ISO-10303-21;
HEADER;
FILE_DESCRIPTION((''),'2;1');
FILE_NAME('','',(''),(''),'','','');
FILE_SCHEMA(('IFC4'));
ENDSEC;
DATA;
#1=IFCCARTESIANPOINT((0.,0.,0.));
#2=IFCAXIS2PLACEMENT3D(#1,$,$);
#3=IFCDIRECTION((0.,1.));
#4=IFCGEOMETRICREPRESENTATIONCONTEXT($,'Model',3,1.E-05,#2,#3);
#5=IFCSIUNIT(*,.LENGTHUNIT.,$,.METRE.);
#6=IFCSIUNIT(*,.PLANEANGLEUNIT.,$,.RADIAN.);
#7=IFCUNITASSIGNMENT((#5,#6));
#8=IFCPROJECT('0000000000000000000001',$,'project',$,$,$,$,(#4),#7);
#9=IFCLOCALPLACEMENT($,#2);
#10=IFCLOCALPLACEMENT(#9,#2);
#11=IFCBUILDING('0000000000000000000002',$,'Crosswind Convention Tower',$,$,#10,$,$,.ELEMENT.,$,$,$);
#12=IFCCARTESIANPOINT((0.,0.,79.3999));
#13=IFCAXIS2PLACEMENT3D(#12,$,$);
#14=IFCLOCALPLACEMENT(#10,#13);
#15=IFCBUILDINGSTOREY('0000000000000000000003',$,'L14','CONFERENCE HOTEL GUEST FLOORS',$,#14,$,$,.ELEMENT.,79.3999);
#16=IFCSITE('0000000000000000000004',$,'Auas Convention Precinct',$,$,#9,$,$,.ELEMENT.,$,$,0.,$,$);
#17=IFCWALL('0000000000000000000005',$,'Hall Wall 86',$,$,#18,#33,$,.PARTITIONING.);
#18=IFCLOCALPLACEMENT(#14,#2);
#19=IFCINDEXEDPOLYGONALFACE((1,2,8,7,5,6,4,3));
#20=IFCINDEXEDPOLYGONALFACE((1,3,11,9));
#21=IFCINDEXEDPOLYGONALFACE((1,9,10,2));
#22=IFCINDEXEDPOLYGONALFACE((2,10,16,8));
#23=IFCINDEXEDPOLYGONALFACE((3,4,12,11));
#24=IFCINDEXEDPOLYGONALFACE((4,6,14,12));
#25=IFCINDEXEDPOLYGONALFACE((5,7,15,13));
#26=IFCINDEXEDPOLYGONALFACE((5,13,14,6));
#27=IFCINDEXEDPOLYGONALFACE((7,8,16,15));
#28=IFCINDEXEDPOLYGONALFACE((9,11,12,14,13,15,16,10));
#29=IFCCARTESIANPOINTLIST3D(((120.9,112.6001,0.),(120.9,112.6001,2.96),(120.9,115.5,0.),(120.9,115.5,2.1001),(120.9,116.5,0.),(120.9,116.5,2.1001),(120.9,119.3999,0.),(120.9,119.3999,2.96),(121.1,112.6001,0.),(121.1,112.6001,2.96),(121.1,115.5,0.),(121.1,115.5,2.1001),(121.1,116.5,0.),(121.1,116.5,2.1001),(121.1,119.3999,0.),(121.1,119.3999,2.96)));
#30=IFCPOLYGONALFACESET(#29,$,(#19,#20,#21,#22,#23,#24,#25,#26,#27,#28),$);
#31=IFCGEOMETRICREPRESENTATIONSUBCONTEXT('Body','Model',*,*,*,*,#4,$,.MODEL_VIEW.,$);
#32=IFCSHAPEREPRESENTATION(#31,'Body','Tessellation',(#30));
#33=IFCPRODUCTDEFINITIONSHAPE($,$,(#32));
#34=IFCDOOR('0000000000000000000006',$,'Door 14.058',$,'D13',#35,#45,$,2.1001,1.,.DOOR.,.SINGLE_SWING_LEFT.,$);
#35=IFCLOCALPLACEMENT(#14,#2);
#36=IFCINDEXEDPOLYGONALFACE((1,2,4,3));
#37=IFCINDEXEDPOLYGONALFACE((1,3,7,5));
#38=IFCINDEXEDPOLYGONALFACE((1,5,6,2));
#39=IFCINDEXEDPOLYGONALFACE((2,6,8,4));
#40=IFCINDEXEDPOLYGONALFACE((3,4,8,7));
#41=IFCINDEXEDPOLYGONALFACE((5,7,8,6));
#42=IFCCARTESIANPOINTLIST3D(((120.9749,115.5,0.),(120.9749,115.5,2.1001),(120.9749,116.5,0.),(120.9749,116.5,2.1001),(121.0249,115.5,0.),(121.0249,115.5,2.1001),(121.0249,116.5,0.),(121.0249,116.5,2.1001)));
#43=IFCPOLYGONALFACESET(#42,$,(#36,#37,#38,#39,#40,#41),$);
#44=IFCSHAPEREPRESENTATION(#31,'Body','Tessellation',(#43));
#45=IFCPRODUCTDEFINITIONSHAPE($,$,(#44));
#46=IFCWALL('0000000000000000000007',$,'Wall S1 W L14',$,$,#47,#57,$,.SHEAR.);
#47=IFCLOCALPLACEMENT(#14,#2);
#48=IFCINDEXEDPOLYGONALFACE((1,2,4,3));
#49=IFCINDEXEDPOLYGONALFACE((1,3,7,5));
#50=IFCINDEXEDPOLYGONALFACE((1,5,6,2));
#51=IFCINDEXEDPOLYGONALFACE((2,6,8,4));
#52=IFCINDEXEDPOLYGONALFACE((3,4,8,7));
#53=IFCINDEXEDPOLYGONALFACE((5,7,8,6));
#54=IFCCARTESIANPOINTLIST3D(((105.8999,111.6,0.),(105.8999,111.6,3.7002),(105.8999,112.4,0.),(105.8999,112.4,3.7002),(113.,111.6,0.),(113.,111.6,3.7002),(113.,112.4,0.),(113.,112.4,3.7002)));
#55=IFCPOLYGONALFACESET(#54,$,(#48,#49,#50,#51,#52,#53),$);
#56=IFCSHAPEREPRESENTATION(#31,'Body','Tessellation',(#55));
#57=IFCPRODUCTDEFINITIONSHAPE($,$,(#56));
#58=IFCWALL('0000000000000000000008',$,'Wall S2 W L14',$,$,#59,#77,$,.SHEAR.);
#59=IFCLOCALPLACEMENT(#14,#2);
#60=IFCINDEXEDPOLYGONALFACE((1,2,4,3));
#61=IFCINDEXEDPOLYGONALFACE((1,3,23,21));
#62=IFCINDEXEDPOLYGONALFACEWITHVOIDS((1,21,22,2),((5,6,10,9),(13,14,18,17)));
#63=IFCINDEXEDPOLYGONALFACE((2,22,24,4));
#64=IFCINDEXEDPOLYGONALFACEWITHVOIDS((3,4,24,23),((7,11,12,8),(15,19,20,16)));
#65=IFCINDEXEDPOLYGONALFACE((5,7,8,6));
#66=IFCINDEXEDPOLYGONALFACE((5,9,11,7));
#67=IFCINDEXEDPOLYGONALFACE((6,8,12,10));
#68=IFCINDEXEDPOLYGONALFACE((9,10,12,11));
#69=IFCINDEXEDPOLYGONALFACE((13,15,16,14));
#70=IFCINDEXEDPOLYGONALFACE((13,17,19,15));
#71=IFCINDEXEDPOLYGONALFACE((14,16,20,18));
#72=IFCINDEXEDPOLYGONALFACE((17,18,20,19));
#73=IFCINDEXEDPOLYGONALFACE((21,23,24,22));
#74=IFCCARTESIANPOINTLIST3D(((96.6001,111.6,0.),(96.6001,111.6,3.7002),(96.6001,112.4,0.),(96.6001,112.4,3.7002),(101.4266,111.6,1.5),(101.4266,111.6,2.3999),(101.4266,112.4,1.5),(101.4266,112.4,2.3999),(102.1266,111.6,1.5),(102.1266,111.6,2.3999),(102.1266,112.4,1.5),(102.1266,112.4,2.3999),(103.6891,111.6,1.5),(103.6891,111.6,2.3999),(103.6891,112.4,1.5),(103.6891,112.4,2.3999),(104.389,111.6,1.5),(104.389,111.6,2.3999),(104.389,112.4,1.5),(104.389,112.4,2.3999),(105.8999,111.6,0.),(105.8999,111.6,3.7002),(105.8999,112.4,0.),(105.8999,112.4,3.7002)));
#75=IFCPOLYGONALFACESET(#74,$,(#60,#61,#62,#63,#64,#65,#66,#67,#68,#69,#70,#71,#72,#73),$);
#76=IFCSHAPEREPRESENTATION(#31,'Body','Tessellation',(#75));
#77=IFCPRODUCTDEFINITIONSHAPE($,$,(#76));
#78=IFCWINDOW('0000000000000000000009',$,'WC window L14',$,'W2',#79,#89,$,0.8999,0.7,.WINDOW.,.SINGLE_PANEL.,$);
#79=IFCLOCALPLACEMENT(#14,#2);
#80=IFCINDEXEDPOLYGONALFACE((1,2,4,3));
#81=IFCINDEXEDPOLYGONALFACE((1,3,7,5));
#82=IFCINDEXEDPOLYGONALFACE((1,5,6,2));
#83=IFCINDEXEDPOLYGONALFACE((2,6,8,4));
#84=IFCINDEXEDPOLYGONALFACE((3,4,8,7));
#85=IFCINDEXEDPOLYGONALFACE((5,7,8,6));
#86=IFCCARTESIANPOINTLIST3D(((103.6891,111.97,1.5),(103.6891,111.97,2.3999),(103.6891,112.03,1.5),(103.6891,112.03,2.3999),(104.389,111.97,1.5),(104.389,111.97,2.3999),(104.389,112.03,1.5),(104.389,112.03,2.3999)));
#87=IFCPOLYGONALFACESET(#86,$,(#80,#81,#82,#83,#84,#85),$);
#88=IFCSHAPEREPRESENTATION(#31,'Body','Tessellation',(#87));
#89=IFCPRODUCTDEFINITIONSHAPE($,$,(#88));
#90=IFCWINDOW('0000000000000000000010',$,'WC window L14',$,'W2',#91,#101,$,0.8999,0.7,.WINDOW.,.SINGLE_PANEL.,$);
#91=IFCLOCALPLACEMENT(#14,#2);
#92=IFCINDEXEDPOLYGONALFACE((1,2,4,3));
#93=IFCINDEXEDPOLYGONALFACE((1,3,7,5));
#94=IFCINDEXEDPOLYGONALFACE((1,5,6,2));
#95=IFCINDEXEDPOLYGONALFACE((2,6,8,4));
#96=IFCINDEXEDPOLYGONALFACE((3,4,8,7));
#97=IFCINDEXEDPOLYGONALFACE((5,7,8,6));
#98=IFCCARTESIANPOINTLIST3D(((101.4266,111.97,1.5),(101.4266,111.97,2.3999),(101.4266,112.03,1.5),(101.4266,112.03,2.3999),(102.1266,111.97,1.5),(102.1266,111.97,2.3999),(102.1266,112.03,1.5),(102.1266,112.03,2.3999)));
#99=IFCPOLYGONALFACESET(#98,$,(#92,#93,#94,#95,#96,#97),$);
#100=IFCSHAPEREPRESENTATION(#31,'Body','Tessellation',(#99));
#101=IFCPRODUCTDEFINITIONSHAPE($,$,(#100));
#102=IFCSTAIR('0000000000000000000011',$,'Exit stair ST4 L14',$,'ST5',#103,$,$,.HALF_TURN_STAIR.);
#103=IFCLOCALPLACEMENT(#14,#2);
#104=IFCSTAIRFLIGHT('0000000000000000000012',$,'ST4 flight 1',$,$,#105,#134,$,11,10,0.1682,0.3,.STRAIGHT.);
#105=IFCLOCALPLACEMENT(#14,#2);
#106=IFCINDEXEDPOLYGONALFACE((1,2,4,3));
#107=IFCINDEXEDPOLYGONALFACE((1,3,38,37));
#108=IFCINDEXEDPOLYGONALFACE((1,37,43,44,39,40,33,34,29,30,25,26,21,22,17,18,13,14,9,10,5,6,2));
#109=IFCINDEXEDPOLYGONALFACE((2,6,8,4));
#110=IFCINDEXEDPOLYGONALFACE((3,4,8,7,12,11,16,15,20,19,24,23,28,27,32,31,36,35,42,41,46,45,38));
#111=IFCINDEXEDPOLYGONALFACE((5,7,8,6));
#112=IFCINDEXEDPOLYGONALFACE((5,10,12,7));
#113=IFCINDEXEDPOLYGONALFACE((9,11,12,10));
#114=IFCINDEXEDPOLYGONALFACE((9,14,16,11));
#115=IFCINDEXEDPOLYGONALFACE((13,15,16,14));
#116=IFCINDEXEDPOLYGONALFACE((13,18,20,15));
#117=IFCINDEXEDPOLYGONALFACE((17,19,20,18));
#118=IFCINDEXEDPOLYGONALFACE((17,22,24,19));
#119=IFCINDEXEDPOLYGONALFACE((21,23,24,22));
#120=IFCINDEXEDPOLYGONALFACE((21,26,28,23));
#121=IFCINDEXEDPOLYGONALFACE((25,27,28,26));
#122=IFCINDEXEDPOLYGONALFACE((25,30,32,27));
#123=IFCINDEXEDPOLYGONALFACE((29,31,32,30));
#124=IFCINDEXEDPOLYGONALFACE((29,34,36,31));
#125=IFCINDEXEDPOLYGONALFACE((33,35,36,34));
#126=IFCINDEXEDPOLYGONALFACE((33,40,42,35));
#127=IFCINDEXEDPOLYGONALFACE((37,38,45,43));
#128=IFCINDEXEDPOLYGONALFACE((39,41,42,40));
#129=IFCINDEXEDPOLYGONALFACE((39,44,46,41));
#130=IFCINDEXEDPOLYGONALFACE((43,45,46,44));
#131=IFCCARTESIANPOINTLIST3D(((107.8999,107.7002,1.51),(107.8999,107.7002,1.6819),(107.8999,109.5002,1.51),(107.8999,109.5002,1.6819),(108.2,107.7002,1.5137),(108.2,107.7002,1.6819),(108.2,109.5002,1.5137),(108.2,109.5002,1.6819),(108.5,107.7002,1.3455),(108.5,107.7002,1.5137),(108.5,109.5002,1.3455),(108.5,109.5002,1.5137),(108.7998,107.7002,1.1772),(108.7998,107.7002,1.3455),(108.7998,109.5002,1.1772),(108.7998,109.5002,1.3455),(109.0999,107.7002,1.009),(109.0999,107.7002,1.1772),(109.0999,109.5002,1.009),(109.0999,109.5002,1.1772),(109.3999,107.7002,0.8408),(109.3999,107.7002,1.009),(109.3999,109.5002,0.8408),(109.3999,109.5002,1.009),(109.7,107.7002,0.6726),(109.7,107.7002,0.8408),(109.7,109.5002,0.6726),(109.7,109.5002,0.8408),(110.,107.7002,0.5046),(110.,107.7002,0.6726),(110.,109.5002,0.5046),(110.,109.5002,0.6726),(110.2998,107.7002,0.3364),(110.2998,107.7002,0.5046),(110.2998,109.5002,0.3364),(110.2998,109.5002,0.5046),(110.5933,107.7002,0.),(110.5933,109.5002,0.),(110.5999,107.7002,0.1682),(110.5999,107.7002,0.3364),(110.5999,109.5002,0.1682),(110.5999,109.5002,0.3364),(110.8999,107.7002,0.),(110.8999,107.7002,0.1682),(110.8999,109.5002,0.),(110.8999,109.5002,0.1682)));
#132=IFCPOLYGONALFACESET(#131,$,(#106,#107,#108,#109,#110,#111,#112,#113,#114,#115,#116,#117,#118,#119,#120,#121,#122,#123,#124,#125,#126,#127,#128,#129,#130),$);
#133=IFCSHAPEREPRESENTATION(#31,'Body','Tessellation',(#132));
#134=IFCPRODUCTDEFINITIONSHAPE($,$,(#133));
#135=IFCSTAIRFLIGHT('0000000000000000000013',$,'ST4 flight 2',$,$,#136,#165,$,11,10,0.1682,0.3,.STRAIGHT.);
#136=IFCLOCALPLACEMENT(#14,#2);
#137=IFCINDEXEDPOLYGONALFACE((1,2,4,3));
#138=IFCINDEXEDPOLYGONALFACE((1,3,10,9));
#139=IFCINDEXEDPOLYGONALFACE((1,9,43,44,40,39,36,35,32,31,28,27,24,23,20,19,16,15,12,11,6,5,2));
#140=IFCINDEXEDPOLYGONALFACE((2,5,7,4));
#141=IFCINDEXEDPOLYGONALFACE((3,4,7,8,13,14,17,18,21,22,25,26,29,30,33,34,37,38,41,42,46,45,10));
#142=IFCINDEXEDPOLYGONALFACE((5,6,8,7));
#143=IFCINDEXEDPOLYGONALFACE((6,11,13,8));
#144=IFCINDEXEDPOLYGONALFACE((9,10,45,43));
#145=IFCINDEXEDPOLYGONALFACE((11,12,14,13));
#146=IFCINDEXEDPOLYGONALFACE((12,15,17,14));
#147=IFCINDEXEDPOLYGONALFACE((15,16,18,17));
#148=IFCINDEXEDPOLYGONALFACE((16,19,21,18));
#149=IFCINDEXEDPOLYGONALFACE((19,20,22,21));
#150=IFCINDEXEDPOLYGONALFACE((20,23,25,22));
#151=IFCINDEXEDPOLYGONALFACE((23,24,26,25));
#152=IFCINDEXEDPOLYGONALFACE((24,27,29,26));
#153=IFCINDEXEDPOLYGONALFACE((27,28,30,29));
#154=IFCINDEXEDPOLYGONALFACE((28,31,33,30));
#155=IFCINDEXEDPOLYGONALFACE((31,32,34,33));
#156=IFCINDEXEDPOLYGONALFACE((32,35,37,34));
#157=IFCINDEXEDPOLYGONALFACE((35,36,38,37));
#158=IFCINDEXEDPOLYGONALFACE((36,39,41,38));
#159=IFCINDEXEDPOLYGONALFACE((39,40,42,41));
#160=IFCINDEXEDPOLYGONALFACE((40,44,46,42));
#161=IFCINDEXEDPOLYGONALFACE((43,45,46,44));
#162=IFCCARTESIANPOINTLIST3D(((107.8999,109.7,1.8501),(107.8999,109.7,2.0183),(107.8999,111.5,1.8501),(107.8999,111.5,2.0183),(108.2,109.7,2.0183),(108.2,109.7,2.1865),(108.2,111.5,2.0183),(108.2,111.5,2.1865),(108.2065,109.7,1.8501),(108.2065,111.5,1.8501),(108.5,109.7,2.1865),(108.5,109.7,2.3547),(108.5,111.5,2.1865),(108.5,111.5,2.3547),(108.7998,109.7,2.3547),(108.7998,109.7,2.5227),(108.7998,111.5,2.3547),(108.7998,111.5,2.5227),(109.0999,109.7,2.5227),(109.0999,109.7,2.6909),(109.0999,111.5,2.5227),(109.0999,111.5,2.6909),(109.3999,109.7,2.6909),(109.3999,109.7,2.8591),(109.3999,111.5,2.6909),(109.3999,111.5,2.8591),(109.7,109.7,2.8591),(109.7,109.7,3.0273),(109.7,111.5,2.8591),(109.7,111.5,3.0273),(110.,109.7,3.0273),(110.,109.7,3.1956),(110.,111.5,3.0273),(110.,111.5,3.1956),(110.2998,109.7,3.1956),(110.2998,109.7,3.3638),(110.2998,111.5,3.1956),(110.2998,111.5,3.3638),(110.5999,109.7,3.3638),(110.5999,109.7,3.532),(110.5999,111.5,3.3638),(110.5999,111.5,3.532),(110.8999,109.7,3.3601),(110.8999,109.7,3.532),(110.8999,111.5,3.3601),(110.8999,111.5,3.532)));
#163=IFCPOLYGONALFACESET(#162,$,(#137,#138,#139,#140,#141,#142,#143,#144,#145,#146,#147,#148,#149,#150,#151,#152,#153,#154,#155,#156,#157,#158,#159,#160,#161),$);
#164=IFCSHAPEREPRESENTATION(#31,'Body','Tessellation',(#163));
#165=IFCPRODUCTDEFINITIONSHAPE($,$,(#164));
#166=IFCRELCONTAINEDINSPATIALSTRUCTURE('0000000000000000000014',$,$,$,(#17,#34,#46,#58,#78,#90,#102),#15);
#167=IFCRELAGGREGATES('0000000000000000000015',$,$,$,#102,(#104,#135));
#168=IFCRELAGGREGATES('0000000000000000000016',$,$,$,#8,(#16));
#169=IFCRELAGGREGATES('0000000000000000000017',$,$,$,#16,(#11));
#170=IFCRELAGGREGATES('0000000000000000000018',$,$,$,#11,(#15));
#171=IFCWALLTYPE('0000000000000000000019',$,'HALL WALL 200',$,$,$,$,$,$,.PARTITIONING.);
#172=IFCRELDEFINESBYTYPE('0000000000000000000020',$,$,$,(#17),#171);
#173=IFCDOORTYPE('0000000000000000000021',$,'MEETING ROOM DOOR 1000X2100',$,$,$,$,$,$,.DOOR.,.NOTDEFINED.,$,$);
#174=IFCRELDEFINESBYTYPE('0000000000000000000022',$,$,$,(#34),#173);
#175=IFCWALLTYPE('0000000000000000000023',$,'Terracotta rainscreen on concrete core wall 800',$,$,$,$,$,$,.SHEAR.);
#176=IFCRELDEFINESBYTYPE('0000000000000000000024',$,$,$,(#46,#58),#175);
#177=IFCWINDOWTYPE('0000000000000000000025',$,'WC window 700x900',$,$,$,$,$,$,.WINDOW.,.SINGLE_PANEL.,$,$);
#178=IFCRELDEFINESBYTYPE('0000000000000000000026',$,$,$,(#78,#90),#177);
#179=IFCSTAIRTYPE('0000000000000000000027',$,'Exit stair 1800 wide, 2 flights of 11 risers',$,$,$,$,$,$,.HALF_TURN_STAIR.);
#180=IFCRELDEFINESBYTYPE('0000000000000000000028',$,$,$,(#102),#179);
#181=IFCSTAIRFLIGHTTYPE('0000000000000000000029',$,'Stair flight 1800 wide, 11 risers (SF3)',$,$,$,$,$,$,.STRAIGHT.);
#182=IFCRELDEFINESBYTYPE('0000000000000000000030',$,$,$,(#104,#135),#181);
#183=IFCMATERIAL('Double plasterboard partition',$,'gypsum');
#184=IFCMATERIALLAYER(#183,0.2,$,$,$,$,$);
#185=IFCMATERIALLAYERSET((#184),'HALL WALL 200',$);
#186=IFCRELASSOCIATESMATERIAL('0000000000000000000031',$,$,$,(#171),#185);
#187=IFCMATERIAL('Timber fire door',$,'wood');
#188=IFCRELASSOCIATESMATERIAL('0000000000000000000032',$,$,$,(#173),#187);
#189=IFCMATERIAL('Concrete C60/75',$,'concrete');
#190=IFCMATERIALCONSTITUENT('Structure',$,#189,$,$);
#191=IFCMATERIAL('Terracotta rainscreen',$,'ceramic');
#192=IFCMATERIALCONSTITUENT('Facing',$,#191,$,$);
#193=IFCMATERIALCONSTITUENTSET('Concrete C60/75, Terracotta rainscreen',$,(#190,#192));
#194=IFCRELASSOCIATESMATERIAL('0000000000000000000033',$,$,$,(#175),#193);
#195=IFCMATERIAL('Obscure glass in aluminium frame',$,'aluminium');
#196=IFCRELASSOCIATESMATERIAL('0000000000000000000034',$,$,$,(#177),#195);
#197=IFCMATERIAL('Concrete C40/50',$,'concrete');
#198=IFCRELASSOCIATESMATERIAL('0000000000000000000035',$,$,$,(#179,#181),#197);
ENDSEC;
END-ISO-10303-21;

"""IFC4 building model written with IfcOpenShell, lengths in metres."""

from ifc_helpers import new_model, si_unit, direction, frame, frame_2d, origin, place, context, subcontext, project, spatial, polyline, rectangle, outline, extrude, material, layer, layer_set, constituent, constituent_set, type_object, element, fill, aggregate, save


model = new_model("IFC4")

# Units and contexts
model_context = context("Model", 3, precision=1e-05, world=origin(), true_north=direction((0.0, 1.0)))
body_context = subcontext(model_context, "Body", "Model", "MODEL_VIEW")
ifc_project = project(units=[si_unit("LENGTHUNIT", "METRE"), si_unit("PLANEANGLEUNIT", "RADIAN")], contexts=[model_context])

# Site, building, storey
site_placement = place(None, origin())
site = spatial("IfcSite", under=ifc_project, at=site_placement, Name="Auas Convention Precinct", CompositionType="ELEMENT", RefElevation=0.0)
building_placement = place(site_placement, origin())
building = spatial("IfcBuilding", under=site, at=building_placement, Name="Crosswind Convention Tower", CompositionType="ELEMENT")
storey_placement = place(building_placement, frame((0.0, 0.0, 79.3999)))
storey = spatial("IfcBuildingStorey", under=building, at=storey_placement, Name="L14", Description="CONFERENCE HOTEL GUEST FLOORS", CompositionType="ELEMENT", Elevation=79.3999)

# Wall, opening, door
ifc_material_1 = material(Name="Timber fire door", Category="wood")
ifc_material_2 = material(Name="Double plasterboard partition", Category="gypsum")
ifc_layer_1 = layer(ifc_material_2, 0.2)
ifc_layer_set_1 = layer_set([ifc_layer_1], Name="HALL WALL 200")
wall_type_1 = type_object("IfcWallType", Name="HALL WALL 200", PredefinedType="PARTITIONING", material=ifc_layer_set_1)
wall_1_placement = place(storey_placement, frame((121.0, 112.6001, 0.0), z_axis=(0.0, 0.0, 1.0), x_axis=(0.0, 1.0, 0.0)))
wall_1 = element("IfcWall", 1, at=wall_1_placement, inside=storey, type_object=wall_type_1, Name="Hall Wall 86", PredefinedType="PARTITIONING", context=body_context, shape_type="SweptSolid", body=[
    extrude(rectangle(XDim=6.7998, YDim=0.2, at=frame_2d((3.3999, 0.0))), origin(), (0.0, 0.0, 1.0), 2.96),
])
opening_1_placement = place(wall_1_placement, frame((2.8999, 0.0, 0.0)))
opening_1 = element("IfcOpeningElement", 2, at=opening_1_placement, cuts=wall_1, PredefinedType="OPENING", context=body_context, shape_type="SweptSolid", body=[
    extrude(rectangle(XDim=1.0, YDim=2.1001, at=frame_2d((0.5, 1.05))), frame((0.0, 0.1099, 0.0), z_axis=(0.0, -1.0, 0.0), x_axis=(1.0, 0.0, 0.0)), (0.0, 0.0, 1.0), 0.22),
])
door_type_1 = type_object("IfcDoorType", Name="MEETING ROOM DOOR 1000X2100", OperationType="NOTDEFINED", PredefinedType="DOOR", material=ifc_material_1)
door_1_placement = place(opening_1_placement, frame((1.0, 0.0, 0.0), z_axis=(0.0, 0.0, 1.0), x_axis=(-1.0, 0.0, 0.0)))
door_1 = element("IfcDoor", 3, at=door_1_placement, inside=storey, type_object=door_type_1, Name="Door 14.058", ObjectType="D13", OperationType="SINGLE_SWING_LEFT", OverallHeight=2.1001, OverallWidth=1.0, PredefinedType="DOOR", context=body_context, shape_type="SweptSolid", body=[
    extrude(rectangle(XDim=1.0, YDim=2.1001, at=frame_2d((0.5, 1.05))), frame((0.0, 0.0249, 0.0), z_axis=(0.0, -1.0, 0.0), x_axis=(1.0, 0.0, 0.0)), (0.0, 0.0, 1.0), 0.05),
])
fill(opening_1, door_1)

# Wall
ifc_material_3 = material(Name="Concrete C60/75", Category="concrete")
ifc_constituent_1 = constituent(ifc_material_3, Name="Structure")
ifc_material_4 = material(Name="Terracotta rainscreen", Category="ceramic")
ifc_constituent_2 = constituent(ifc_material_4, Name="Facing")
ifc_constituent_set = constituent_set(constituents=[ifc_constituent_1, ifc_constituent_2], Name="Concrete C60/75, Terracotta rainscreen")
wall_type_2 = type_object("IfcWallType", Name="Terracotta rainscreen on concrete core wall 800", PredefinedType="SHEAR", material=ifc_constituent_set)
wall_2_placement = place(storey_placement, frame((113.0, 112.0, 0.0), z_axis=(0.0, 0.0, 1.0), x_axis=(-1.0, 0.0, 0.0)))
element("IfcWall", 4, at=wall_2_placement, inside=storey, type_object=wall_type_2, Name="Wall S1 W L14", PredefinedType="SHEAR", context=body_context, shape_type="SweptSolid", body=[
    extrude(rectangle(XDim=7.1001, YDim=0.8, at=frame_2d((3.55, 0.0))), origin(), (0.0, 0.0, 1.0), 3.7002),
])

# Wall, openings, windows
wall_3_placement = place(storey_placement, frame((105.8999, 112.0, 0.0), z_axis=(0.0, 0.0, 1.0), x_axis=(-1.0, 0.0, 0.0)))
wall_3 = element("IfcWall", 5, at=wall_3_placement, inside=storey, type_object=wall_type_2, Name="Wall S2 W L14", PredefinedType="SHEAR", context=body_context, shape_type="SweptSolid", body=[
    extrude(rectangle(XDim=9.2998, YDim=0.8, at=frame_2d((4.6499, 0.0))), origin(), (0.0, 0.0, 1.0), 3.7002),
])
opening_2_placement = place(wall_3_placement, frame((1.5107, 0.0, 1.5)))
opening_2 = element("IfcOpeningElement", 6, at=opening_2_placement, cuts=wall_3, PredefinedType="OPENING", context=body_context, shape_type="SweptSolid", body=[
    extrude(rectangle(XDim=0.7, YDim=0.8999, at=frame_2d((0.3501, 0.45))), frame((0.0, 0.4099, 0.0), z_axis=(0.0, -1.0, 0.0), x_axis=(1.0, 0.0, 0.0)), (0.0, 0.0, 1.0), 0.8201),
])
opening_3_placement = place(wall_3_placement, frame((3.7732, 0.0, 1.5)))
opening_3 = element("IfcOpeningElement", 7, at=opening_3_placement, cuts=wall_3, PredefinedType="OPENING", context=body_context, shape_type="SweptSolid", body=[
    extrude(rectangle(XDim=0.7, YDim=0.8999, at=frame_2d((0.3501, 0.45))), frame((0.0, 0.4099, 0.0), z_axis=(0.0, -1.0, 0.0), x_axis=(1.0, 0.0, 0.0)), (0.0, 0.0, 1.0), 0.8201),
])
ifc_material_5 = material(Name="Obscure glass in aluminium frame", Category="aluminium")
window_type = type_object("IfcWindowType", Name="WC window 700x900", PartitioningType="SINGLE_PANEL", PredefinedType="WINDOW", material=ifc_material_5)
window_1_placement = place(opening_2_placement, origin())
window_1 = element("IfcWindow", 8, at=window_1_placement, inside=storey, type_object=window_type, Name="WC window L14", ObjectType="W2", OverallHeight=0.8999, OverallWidth=0.7, PartitioningType="SINGLE_PANEL", PredefinedType="WINDOW", context=body_context, shape_type="SweptSolid", body=[
    extrude(rectangle(XDim=0.7, YDim=0.8999, at=frame_2d((0.3501, 0.45))), frame((0.0, 0.03, 0.0), z_axis=(0.0, -1.0, 0.0), x_axis=(1.0, 0.0, 0.0)), (0.0, 0.0, 1.0), 0.0601),
])
fill(opening_2, window_1)
window_2_placement = place(opening_3_placement, origin())
window_2 = element("IfcWindow", 9, at=window_2_placement, inside=storey, type_object=window_type, Name="WC window L14", ObjectType="W2", OverallHeight=0.8999, OverallWidth=0.7, PartitioningType="SINGLE_PANEL", PredefinedType="WINDOW", context=body_context, shape_type="SweptSolid", body=[
    extrude(rectangle(XDim=0.7, YDim=0.8999, at=frame_2d((0.3501, 0.45))), frame((0.0, 0.03, 0.0), z_axis=(0.0, -1.0, 0.0), x_axis=(1.0, 0.0, 0.0)), (0.0, 0.0, 1.0), 0.0601),
])
fill(opening_3, window_2)

# Stair, stair flights
ifc_material_6 = material(Name="Concrete C40/50", Category="concrete")
stair_type = type_object("IfcStairType", Name="Exit stair 1800 wide, 2 flights of 11 risers", PredefinedType="HALF_TURN_STAIR", material=ifc_material_6)
stair_placement = place(storey_placement, origin())
stair = element("IfcStair", 10, at=stair_placement, inside=storey, type_object=stair_type, Name="Exit stair ST4 L14", ObjectType="ST5", PredefinedType="HALF_TURN_STAIR")
stair_flight_type = type_object("IfcStairFlightType", Name="Stair flight 1800 wide, 11 risers (SF3)", PredefinedType="STRAIGHT", material=ifc_material_6)
stair_flight_1_placement = place(storey_placement, frame((110.8999, 108.6001, 0.0), z_axis=(0.0, 0.0, 1.0), x_axis=(-1.0, 0.0, 0.0)))
stair_flight_1 = element("IfcStairFlight", 11, at=stair_flight_1_placement, type_object=stair_flight_type, Name="ST4 flight 1", NumberOfRisers=11, NumberOfTreads=10, PredefinedType="STRAIGHT", RiserHeight=0.1682, TreadLength=0.3, context=body_context, shape_type="SweptSolid", body=[
    extrude(outline(polyline([(0.0, 0.0), (0.0, 0.1682), (0.3, 0.1682), (0.3, 0.3364), (0.6001, 0.3364), (0.6001, 0.5046), (0.8999, 0.5046), (0.8999, 0.6726), (1.2, 0.6726), (1.2, 0.8408), (1.5, 0.8408), (1.5, 1.009), (1.8, 1.009), (1.8, 1.1772), (2.1001, 1.1772), (2.1001, 1.3455), (2.3999, 1.3455), (2.3999, 1.5137), (2.7, 1.5137), (2.7, 1.6819), (3.0, 1.6819), (3.0, 1.8501), (3.0, 1.51), (0.3066, 0.0), (0.0, 0.0)])), frame((0.0, 0.8999, 0.0), z_axis=(0.0, -1.0, 0.0), x_axis=(1.0, 0.0, 0.0)), (0.0, 0.0, 1.0), 1.8),
])
stair_flight_2_placement = place(storey_placement, frame((107.8999, 110.6001, 1.8501), z_axis=(0.0, 0.0, 1.0), x_axis=(1.0, 0.0, 0.0)))
stair_flight_2 = element("IfcStairFlight", 12, at=stair_flight_2_placement, type_object=stair_flight_type, Name="ST4 flight 2", NumberOfRisers=11, NumberOfTreads=10, PredefinedType="STRAIGHT", RiserHeight=0.1682, TreadLength=0.3, context=body_context, shape_type="SweptSolid", body=[
    extrude(outline(polyline([(0.0, 0.0), (0.0, 0.1682), (0.3, 0.1682), (0.3, 0.3364), (0.6001, 0.3364), (0.6001, 0.5046), (0.8999, 0.5046), (0.8999, 0.6726), (1.2, 0.6726), (1.2, 0.8408), (1.5, 0.8408), (1.5, 1.009), (1.8, 1.009), (1.8, 1.1772), (2.1001, 1.1772), (2.1001, 1.3455), (2.3999, 1.3455), (2.3999, 1.5137), (2.7, 1.5137), (2.7, 1.6819), (3.0, 1.6819), (3.0, 1.8501), (3.0, 1.51), (0.3066, 0.0), (0.0, 0.0)])), frame((0.0, 0.8999, 0.0), z_axis=(0.0, -1.0, 0.0), x_axis=(1.0, 0.0, 0.0)), (0.0, 0.0, 1.0), 1.8),
])
aggregate(stair, [stair_flight_1, stair_flight_2])

save(model, "model.ifc")
